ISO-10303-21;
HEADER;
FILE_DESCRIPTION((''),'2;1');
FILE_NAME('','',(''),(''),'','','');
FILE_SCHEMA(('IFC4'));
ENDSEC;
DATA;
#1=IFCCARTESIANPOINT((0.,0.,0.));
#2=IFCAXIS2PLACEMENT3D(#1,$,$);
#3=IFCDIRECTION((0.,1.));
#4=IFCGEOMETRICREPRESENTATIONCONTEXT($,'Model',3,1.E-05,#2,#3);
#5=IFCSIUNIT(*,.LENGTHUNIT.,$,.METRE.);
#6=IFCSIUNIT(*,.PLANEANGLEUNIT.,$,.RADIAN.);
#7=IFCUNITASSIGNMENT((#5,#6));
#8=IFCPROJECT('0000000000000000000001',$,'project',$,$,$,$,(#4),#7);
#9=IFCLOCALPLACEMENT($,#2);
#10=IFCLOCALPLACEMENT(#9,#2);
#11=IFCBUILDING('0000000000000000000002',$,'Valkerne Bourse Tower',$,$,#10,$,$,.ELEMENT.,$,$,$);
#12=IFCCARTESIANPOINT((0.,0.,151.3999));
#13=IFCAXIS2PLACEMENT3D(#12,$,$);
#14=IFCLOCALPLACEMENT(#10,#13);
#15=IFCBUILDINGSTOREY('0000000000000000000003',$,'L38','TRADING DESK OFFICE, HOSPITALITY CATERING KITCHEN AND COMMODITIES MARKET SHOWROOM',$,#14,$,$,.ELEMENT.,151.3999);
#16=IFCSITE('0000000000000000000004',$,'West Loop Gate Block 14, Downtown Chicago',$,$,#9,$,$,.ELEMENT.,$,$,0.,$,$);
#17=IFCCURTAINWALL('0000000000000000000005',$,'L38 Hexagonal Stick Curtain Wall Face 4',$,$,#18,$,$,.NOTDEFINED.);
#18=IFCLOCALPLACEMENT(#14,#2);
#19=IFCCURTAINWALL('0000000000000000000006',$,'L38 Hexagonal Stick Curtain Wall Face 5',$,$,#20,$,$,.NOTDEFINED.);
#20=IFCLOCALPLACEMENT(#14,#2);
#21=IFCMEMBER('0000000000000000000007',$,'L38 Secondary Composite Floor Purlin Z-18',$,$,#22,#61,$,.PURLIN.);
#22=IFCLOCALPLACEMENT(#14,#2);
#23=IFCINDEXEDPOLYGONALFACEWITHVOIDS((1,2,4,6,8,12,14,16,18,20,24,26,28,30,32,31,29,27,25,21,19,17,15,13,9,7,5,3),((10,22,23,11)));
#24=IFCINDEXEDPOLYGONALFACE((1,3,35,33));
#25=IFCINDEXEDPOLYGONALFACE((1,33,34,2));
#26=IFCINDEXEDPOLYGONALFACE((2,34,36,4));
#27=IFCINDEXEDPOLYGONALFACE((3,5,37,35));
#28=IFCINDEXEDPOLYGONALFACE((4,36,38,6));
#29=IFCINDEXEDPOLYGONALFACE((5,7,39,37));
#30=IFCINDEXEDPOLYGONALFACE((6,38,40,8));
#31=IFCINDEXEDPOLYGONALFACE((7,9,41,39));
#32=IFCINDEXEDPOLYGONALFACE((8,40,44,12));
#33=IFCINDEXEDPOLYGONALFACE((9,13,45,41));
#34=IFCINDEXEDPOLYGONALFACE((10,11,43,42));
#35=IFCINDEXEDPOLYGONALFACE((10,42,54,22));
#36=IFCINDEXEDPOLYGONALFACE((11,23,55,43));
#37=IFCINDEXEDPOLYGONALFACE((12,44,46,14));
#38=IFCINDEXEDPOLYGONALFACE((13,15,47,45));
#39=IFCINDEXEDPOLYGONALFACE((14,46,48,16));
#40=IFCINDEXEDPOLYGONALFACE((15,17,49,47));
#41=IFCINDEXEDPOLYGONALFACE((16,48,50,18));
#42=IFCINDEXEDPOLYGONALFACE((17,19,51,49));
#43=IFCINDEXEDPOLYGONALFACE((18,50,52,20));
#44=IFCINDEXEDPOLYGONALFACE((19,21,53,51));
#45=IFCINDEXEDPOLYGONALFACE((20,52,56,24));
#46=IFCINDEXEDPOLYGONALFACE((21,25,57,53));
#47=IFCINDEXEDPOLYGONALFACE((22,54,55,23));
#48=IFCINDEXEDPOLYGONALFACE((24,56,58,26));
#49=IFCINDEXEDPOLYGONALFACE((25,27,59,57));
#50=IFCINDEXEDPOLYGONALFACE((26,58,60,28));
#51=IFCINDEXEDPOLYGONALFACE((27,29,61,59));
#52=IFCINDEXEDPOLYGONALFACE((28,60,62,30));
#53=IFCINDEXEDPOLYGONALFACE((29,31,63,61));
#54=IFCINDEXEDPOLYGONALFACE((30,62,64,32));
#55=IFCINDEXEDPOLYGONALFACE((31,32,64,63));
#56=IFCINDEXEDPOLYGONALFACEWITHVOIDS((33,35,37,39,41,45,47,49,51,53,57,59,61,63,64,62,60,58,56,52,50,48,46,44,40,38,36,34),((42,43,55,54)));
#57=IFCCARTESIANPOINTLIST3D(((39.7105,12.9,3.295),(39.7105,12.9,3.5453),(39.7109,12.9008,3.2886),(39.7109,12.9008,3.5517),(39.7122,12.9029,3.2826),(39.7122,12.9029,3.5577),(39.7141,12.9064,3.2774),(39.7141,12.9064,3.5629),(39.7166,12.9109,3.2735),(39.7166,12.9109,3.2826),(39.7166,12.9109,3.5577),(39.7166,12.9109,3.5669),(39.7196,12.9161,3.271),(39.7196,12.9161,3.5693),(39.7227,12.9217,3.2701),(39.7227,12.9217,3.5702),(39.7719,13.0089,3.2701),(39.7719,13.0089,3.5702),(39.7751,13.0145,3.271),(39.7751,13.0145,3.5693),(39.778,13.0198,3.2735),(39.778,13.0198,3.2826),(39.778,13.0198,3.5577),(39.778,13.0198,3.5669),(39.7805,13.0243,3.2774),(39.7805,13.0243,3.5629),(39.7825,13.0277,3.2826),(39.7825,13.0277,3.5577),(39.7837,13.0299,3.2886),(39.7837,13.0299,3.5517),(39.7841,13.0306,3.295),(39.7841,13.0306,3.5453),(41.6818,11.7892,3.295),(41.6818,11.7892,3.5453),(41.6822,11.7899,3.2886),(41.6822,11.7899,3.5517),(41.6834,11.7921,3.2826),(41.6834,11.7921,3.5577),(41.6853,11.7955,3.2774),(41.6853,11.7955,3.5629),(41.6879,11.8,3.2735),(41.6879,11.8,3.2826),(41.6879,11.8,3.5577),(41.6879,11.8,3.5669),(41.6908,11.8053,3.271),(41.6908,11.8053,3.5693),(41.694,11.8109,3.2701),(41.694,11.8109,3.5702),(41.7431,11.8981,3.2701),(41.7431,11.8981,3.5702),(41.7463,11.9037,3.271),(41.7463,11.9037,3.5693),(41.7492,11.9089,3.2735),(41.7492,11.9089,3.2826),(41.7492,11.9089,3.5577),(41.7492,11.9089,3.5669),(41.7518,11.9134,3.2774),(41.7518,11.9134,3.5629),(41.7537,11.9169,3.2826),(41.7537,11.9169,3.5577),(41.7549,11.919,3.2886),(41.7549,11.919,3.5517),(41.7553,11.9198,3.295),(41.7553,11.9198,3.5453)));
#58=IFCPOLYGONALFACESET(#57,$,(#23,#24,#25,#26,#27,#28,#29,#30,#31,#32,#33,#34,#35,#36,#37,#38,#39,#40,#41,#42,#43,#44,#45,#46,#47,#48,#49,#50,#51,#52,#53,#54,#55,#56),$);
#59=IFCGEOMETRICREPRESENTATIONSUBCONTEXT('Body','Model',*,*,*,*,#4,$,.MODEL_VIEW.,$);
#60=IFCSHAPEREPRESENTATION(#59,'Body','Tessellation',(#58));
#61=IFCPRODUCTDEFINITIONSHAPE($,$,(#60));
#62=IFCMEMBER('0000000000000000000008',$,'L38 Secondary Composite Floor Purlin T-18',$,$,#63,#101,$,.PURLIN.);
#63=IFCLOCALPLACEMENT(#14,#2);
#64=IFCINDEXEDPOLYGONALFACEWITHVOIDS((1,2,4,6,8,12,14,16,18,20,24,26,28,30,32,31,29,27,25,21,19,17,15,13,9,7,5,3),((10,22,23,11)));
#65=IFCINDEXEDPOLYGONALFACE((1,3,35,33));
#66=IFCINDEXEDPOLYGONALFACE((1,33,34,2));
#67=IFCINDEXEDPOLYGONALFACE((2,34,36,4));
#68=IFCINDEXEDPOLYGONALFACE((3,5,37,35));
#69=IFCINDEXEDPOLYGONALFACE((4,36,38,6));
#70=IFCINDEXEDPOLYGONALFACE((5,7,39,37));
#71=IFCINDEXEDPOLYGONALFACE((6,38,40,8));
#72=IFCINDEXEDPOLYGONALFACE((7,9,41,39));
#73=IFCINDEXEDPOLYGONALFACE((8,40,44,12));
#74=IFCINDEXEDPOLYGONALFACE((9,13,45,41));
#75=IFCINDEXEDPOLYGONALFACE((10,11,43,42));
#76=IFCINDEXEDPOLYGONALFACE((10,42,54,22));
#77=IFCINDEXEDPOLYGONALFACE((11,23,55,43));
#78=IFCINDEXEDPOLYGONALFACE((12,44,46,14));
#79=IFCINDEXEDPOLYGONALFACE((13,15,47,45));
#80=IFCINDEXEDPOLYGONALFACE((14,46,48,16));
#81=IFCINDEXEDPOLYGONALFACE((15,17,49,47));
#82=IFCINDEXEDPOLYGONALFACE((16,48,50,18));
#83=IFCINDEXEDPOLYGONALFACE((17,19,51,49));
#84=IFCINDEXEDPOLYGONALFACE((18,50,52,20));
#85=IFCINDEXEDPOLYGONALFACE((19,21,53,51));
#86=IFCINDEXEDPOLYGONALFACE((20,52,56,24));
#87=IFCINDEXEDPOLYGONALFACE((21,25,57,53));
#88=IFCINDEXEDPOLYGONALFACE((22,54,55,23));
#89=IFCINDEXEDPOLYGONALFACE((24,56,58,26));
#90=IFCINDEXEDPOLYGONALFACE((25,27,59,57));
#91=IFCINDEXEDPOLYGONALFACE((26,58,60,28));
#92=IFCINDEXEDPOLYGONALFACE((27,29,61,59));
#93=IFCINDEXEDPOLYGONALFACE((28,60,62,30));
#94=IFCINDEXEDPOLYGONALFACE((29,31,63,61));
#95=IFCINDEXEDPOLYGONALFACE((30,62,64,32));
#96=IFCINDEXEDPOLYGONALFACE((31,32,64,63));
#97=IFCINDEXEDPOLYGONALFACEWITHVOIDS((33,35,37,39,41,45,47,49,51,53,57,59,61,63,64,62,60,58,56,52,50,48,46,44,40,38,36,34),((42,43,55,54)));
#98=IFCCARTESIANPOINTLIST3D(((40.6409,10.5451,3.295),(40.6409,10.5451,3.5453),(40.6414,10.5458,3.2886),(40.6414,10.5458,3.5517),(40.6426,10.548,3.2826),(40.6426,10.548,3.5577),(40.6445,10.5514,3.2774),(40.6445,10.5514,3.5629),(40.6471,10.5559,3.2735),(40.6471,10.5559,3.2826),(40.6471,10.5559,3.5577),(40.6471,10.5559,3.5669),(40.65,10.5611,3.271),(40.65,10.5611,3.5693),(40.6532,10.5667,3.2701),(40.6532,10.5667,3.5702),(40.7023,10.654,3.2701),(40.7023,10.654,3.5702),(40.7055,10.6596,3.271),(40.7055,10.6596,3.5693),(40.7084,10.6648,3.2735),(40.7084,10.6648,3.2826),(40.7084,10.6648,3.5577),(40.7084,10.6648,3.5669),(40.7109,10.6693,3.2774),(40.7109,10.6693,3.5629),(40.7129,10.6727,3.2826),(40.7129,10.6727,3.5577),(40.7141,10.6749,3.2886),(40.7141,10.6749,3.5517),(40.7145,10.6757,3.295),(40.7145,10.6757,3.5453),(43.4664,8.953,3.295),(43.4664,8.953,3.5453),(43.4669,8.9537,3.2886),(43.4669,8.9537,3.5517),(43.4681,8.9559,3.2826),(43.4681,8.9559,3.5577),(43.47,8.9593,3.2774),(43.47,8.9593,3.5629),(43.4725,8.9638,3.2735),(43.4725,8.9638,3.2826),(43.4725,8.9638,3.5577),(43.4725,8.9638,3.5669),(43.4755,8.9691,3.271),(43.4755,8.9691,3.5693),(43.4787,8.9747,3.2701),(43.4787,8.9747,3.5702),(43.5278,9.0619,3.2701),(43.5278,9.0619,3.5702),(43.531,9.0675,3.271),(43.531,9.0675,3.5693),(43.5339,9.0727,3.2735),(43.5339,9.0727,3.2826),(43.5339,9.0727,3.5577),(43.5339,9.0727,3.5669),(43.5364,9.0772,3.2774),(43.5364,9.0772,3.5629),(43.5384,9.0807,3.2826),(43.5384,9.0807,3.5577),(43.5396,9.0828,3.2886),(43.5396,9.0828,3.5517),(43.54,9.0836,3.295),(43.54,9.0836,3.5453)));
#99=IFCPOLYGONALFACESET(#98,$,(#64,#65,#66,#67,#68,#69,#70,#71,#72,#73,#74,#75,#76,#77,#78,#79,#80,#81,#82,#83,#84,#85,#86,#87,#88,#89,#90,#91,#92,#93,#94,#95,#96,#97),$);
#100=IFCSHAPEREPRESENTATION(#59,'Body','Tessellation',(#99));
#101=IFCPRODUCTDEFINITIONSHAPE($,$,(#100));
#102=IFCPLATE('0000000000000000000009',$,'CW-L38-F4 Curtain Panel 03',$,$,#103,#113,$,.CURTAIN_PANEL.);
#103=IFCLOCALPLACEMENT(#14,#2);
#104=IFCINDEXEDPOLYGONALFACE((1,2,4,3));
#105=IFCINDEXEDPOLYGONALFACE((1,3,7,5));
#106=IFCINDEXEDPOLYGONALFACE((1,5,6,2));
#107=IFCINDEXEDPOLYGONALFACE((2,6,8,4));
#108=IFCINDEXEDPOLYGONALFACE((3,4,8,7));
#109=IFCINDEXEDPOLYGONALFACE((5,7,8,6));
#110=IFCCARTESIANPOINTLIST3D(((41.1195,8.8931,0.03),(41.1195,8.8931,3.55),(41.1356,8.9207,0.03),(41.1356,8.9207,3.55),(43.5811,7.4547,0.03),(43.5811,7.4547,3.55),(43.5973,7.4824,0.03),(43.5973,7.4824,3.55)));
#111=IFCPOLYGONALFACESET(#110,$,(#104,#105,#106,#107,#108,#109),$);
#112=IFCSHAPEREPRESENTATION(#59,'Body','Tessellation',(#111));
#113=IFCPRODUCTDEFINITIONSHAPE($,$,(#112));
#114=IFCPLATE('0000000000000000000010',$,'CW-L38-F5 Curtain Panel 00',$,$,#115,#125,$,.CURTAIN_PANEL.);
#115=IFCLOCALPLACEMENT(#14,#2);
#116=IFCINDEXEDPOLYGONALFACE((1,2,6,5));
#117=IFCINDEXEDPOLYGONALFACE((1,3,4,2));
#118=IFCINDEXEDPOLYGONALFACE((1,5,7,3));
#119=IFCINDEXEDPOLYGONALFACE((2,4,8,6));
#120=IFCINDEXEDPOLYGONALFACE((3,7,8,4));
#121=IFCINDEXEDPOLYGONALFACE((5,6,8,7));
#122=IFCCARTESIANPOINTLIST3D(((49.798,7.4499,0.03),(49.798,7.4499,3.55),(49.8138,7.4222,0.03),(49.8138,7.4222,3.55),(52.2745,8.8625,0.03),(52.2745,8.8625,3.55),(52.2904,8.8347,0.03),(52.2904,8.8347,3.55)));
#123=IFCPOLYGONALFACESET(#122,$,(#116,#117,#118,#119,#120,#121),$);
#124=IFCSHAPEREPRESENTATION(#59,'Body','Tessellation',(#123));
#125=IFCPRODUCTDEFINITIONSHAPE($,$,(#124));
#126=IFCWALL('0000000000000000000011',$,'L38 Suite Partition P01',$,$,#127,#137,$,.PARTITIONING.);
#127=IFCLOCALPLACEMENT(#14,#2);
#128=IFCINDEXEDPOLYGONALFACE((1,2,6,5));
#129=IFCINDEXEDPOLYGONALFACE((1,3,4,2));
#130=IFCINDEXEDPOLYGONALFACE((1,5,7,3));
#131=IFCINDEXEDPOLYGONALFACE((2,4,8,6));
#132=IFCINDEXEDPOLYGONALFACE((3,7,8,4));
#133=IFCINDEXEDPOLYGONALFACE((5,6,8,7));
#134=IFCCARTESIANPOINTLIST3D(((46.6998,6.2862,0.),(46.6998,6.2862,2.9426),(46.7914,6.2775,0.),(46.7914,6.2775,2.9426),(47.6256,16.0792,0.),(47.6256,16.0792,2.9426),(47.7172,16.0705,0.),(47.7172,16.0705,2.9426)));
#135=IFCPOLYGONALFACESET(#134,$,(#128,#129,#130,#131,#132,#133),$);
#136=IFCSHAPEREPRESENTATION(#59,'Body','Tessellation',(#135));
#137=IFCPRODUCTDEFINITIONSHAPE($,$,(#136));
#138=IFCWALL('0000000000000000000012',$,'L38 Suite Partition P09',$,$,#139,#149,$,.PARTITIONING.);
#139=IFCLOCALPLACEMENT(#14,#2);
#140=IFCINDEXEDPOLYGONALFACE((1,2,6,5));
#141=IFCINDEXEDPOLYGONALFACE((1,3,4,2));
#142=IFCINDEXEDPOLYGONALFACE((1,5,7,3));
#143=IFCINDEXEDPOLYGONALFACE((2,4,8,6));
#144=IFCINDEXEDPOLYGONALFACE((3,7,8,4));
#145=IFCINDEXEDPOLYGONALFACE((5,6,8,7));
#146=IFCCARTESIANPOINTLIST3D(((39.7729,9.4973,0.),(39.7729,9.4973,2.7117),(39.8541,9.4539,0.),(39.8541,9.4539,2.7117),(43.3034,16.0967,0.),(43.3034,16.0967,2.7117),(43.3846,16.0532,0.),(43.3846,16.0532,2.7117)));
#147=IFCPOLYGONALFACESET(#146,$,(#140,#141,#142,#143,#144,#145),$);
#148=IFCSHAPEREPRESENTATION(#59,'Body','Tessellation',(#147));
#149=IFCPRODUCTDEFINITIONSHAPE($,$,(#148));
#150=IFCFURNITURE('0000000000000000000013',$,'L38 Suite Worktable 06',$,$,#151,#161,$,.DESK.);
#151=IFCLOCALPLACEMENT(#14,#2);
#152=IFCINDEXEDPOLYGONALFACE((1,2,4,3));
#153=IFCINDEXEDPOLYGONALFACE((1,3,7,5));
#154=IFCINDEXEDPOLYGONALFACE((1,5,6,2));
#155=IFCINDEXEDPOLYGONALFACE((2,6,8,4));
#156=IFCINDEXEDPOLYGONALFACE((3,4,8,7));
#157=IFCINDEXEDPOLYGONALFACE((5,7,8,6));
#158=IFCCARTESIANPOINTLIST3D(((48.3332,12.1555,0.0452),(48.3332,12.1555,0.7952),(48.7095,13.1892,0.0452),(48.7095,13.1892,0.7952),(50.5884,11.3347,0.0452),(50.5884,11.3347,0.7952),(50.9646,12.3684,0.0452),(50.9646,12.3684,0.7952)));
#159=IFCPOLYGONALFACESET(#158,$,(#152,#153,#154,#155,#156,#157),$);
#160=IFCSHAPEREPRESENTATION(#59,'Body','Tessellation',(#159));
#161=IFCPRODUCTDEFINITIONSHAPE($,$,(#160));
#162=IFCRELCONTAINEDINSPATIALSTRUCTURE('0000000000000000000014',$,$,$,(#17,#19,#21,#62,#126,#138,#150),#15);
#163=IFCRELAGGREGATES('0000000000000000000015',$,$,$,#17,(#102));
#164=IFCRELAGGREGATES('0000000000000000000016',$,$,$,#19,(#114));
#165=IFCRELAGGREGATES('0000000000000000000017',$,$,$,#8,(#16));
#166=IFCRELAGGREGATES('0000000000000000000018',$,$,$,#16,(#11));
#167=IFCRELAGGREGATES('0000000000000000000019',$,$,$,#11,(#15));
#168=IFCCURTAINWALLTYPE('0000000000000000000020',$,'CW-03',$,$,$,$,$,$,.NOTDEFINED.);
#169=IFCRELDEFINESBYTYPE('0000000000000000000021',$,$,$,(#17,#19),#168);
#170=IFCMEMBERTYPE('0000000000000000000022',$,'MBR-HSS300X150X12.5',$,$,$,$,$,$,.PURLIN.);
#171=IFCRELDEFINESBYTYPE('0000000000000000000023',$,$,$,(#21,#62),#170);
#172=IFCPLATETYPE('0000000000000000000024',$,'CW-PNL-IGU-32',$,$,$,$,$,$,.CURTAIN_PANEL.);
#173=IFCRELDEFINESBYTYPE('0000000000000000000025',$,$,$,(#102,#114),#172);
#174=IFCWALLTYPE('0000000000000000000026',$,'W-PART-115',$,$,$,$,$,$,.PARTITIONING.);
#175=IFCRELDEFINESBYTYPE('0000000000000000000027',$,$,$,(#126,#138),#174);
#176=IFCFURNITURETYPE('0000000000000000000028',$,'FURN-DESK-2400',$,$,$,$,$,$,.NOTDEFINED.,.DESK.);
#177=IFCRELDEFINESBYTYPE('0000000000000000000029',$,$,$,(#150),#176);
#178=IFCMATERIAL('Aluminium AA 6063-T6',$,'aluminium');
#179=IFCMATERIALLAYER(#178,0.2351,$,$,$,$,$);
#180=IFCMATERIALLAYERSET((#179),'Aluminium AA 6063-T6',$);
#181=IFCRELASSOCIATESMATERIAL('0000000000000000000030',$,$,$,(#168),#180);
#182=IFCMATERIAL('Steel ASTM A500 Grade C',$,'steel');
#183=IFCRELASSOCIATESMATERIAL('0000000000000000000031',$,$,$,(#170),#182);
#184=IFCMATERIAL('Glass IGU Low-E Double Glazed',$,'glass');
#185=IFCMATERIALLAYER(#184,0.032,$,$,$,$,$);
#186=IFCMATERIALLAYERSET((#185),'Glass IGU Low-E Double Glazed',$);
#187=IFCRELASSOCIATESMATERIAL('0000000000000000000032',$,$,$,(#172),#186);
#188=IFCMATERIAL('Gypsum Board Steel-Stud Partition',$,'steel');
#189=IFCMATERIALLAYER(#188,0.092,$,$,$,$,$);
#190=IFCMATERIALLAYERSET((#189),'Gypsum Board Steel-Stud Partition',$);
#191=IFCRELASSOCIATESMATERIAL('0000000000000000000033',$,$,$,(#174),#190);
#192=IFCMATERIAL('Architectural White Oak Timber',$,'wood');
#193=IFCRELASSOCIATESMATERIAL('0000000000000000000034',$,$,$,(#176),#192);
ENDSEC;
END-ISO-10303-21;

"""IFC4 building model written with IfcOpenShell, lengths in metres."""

from ifc_helpers import new_model, si_unit, direction, frame, frame_2d, origin, origin_2d, place, context, subcontext, project, spatial, rectangle, hollow_rectangle, extrude, material, layer, layer_set, material_profile, profile_set, type_object, element, aggregate, save


model = new_model("IFC4")

# Units and contexts
model_context = context("Model", 3, precision=1e-05, world=origin(), true_north=direction((0.0, 1.0)))
body_context = subcontext(model_context, "Body", "Model", "MODEL_VIEW")
ifc_project = project(units=[si_unit("LENGTHUNIT", "METRE"), si_unit("PLANEANGLEUNIT", "RADIAN")], contexts=[model_context])

# Site, building, storey
site_placement = place(None, origin())
site = spatial("IfcSite", under=ifc_project, at=site_placement, Name="West Loop Gate Block 14, Downtown Chicago", CompositionType="ELEMENT", RefElevation=0.0)
building_placement = place(site_placement, origin())
building = spatial("IfcBuilding", under=site, at=building_placement, Name="Valkerne Bourse Tower", CompositionType="ELEMENT")
storey_placement = place(building_placement, frame((0.0, 0.0, 151.3999)))
storey = spatial("IfcBuildingStorey", under=building, at=storey_placement, Name="L38", Description="TRADING DESK OFFICE, HOSPITALITY CATERING KITCHEN AND COMMODITIES MARKET SHOWROOM", CompositionType="ELEMENT", Elevation=151.3999)

# Curtain walls
ifc_material_1 = material(Name="Aluminium AA 6063-T6", Category="aluminium")
ifc_layer_1 = layer(ifc_material_1, 0.2351)
ifc_layer_set_1 = layer_set([ifc_layer_1], Name="Aluminium AA 6063-T6")
curtain_wall_type = type_object("IfcCurtainWallType", Name="CW-03", PredefinedType="NOTDEFINED", material=ifc_layer_set_1)
curtain_wall_1_placement = place(storey_placement, origin())
curtain_wall_1 = element("IfcCurtainWall", 1, at=curtain_wall_1_placement, inside=storey, type_object=curtain_wall_type, Name="L38 Hexagonal Stick Curtain Wall Face 4", PredefinedType="NOTDEFINED")
curtain_wall_2_placement = place(storey_placement, origin())
curtain_wall_2 = element("IfcCurtainWall", 2, at=curtain_wall_2_placement, inside=storey, type_object=curtain_wall_type, Name="L38 Hexagonal Stick Curtain Wall Face 5", PredefinedType="NOTDEFINED")

# Members
ifc_material_2 = material(Name="Steel ASTM A500 Grade C", Category="steel")
ifc_material_profile_1 = material_profile(ifc_material_2, hollow_rectangle(XDim=0.1499, YDim=0.3, WallThickness=0.0125, OuterFilletRadius=0.0249, at=origin_2d()), Name="HSS300X150X12.5")
ifc_profile_set_1 = profile_set([ifc_material_profile_1], Name="Steel ASTM A500 Grade C")
member_type_1 = type_object("IfcMemberType", Name="MBR-HSS300X150X12.5", PredefinedType="PURLIN", material=ifc_profile_set_1)
member_1_placement = place(storey_placement, frame((39.7473, 12.9653, 3.4202), z_axis=(0.871189, -0.490948, 0.0), x_axis=(0.490948, 0.871189, 0.0)))
element("IfcMember", 3, at=member_1_placement, inside=storey, type_object=member_type_1, Name="L38 Secondary Composite Floor Purlin Z-18", PredefinedType="PURLIN", context=body_context, shape_type="SweptSolid", body=[
    extrude(hollow_rectangle(XDim=0.1499, YDim=0.3, WallThickness=0.0125, OuterFilletRadius=0.0249, at=origin_2d()), origin(), (0.0, 0.0, 1.0), 2.2627),
])
member_2_placement = place(storey_placement, frame((40.6777, 10.6104, 3.4202), z_axis=(0.871215, -0.490901, 0.0), x_axis=(0.490901, 0.871215, 0.0)))
element("IfcMember", 4, at=member_2_placement, inside=storey, type_object=member_type_1, Name="L38 Secondary Composite Floor Purlin T-18", PredefinedType="PURLIN", context=body_context, shape_type="SweptSolid", body=[
    extrude(hollow_rectangle(XDim=0.1499, YDim=0.3, WallThickness=0.0125, OuterFilletRadius=0.0249, at=origin_2d()), origin(), (0.0, 0.0, 1.0), 3.2432),
])

# Plates
ifc_material_3 = material(Name="Glass IGU Low-E Double Glazed", Category="glass")
ifc_layer_2 = layer(ifc_material_3, 0.032)
ifc_layer_set_2 = layer_set([ifc_layer_2], Name="Glass IGU Low-E Double Glazed")
plate_type = type_object("IfcPlateType", Name="CW-PNL-IGU-32", PredefinedType="CURTAIN_PANEL", material=ifc_layer_set_2)
plate_1_placement = place(storey_placement, frame((42.3584, 8.1877, 0.03), z_axis=(0.0, 0.0, 1.0), x_axis=(0.863406, -0.504509, 0.0)))
plate_1 = element("IfcPlate", 5, at=plate_1_placement, type_object=plate_type, Name="CW-L38-F4 Curtain Panel 03", PredefinedType="CURTAIN_PANEL", context=body_context, shape_type="SweptSolid", body=[
    extrude(rectangle(XDim=2.8511, YDim=0.032, at=origin_2d()), origin(), (0.0, 0.0, 1.0), 3.52),
])
aggregate(curtain_wall_1, [plate_1])
plate_2_placement = place(storey_placement, frame((51.0442, 8.1423, 0.03), z_axis=(0.0, 0.0, 1.0), x_axis=(0.868639, 0.495445, 0.0)))
plate_2 = element("IfcPlate", 6, at=plate_2_placement, type_object=plate_type, Name="CW-L38-F5 Curtain Panel 00", PredefinedType="CURTAIN_PANEL", context=body_context, shape_type="SweptSolid", body=[
    extrude(rectangle(XDim=2.8511, YDim=0.032, at=origin_2d()), origin(), (0.0, 0.0, 1.0), 3.52),
])
aggregate(curtain_wall_2, [plate_2])

# Walls
ifc_material_4 = material(Name="Gypsum Board Steel-Stud Partition", Category="steel")
ifc_layer_3 = layer(ifc_material_4, 0.092)
ifc_layer_set_3 = layer_set([ifc_layer_3], Name="Gypsum Board Steel-Stud Partition")
wall_type = type_object("IfcWallType", Name="W-PART-115", PredefinedType="PARTITIONING", material=ifc_layer_set_3)
wall_1_placement = place(storey_placement, frame((47.6714, 16.075, 0.0), z_axis=(0.0, 0.0, 1.0), x_axis=(-0.094116, -0.995561, 0.0)))
element("IfcWall", 7, at=wall_1_placement, inside=storey, type_object=wall_type, Name="L38 Suite Partition P01", PredefinedType="PARTITIONING", context=body_context, shape_type="SweptSolid", body=[
    extrude(rectangle(XDim=9.8367, YDim=0.092, at=frame_2d((4.9185, 0.0))), origin(), (0.0, 0.0, 1.0), 2.9426),
])
wall_2_placement = place(storey_placement, frame((43.344, 16.075, 0.0), z_axis=(0.0, 0.0, 1.0), x_axis=(-0.471717, -0.88175, 0.0)))
element("IfcWall", 8, at=wall_2_placement, inside=storey, type_object=wall_type, Name="L38 Suite Partition P09", PredefinedType="PARTITIONING", context=body_context, shape_type="SweptSolid", body=[
    extrude(rectangle(XDim=7.4844, YDim=0.092, at=frame_2d((3.7422, 0.0))), origin(), (0.0, 0.0, 1.0), 2.7117),
])

# Furniture
ifc_material_5 = material(Name="Architectural White Oak Timber", Category="wood")
furniture_type = type_object("IfcFurnitureType", Name="FURN-DESK-2400", AssemblyPlace="NOTDEFINED", PredefinedType="DESK", material=ifc_material_5)
furniture_placement = place(storey_placement, frame((49.6489, 12.262, 0.0452), z_axis=(0.0, 0.0, 1.0), x_axis=(-0.939693, 0.34202, 0.0)))
element("IfcFurniture", 9, at=furniture_placement, inside=storey, type_object=furniture_type, Name="L38 Suite Worktable 06", PredefinedType="DESK", context=body_context, shape_type="SweptSolid", body=[
    extrude(rectangle(XDim=2.3999, YDim=1.1001, at=origin_2d()), origin(), (0.0, 0.0, 1.0), 0.75),
])

save(model, "model.ifc")
